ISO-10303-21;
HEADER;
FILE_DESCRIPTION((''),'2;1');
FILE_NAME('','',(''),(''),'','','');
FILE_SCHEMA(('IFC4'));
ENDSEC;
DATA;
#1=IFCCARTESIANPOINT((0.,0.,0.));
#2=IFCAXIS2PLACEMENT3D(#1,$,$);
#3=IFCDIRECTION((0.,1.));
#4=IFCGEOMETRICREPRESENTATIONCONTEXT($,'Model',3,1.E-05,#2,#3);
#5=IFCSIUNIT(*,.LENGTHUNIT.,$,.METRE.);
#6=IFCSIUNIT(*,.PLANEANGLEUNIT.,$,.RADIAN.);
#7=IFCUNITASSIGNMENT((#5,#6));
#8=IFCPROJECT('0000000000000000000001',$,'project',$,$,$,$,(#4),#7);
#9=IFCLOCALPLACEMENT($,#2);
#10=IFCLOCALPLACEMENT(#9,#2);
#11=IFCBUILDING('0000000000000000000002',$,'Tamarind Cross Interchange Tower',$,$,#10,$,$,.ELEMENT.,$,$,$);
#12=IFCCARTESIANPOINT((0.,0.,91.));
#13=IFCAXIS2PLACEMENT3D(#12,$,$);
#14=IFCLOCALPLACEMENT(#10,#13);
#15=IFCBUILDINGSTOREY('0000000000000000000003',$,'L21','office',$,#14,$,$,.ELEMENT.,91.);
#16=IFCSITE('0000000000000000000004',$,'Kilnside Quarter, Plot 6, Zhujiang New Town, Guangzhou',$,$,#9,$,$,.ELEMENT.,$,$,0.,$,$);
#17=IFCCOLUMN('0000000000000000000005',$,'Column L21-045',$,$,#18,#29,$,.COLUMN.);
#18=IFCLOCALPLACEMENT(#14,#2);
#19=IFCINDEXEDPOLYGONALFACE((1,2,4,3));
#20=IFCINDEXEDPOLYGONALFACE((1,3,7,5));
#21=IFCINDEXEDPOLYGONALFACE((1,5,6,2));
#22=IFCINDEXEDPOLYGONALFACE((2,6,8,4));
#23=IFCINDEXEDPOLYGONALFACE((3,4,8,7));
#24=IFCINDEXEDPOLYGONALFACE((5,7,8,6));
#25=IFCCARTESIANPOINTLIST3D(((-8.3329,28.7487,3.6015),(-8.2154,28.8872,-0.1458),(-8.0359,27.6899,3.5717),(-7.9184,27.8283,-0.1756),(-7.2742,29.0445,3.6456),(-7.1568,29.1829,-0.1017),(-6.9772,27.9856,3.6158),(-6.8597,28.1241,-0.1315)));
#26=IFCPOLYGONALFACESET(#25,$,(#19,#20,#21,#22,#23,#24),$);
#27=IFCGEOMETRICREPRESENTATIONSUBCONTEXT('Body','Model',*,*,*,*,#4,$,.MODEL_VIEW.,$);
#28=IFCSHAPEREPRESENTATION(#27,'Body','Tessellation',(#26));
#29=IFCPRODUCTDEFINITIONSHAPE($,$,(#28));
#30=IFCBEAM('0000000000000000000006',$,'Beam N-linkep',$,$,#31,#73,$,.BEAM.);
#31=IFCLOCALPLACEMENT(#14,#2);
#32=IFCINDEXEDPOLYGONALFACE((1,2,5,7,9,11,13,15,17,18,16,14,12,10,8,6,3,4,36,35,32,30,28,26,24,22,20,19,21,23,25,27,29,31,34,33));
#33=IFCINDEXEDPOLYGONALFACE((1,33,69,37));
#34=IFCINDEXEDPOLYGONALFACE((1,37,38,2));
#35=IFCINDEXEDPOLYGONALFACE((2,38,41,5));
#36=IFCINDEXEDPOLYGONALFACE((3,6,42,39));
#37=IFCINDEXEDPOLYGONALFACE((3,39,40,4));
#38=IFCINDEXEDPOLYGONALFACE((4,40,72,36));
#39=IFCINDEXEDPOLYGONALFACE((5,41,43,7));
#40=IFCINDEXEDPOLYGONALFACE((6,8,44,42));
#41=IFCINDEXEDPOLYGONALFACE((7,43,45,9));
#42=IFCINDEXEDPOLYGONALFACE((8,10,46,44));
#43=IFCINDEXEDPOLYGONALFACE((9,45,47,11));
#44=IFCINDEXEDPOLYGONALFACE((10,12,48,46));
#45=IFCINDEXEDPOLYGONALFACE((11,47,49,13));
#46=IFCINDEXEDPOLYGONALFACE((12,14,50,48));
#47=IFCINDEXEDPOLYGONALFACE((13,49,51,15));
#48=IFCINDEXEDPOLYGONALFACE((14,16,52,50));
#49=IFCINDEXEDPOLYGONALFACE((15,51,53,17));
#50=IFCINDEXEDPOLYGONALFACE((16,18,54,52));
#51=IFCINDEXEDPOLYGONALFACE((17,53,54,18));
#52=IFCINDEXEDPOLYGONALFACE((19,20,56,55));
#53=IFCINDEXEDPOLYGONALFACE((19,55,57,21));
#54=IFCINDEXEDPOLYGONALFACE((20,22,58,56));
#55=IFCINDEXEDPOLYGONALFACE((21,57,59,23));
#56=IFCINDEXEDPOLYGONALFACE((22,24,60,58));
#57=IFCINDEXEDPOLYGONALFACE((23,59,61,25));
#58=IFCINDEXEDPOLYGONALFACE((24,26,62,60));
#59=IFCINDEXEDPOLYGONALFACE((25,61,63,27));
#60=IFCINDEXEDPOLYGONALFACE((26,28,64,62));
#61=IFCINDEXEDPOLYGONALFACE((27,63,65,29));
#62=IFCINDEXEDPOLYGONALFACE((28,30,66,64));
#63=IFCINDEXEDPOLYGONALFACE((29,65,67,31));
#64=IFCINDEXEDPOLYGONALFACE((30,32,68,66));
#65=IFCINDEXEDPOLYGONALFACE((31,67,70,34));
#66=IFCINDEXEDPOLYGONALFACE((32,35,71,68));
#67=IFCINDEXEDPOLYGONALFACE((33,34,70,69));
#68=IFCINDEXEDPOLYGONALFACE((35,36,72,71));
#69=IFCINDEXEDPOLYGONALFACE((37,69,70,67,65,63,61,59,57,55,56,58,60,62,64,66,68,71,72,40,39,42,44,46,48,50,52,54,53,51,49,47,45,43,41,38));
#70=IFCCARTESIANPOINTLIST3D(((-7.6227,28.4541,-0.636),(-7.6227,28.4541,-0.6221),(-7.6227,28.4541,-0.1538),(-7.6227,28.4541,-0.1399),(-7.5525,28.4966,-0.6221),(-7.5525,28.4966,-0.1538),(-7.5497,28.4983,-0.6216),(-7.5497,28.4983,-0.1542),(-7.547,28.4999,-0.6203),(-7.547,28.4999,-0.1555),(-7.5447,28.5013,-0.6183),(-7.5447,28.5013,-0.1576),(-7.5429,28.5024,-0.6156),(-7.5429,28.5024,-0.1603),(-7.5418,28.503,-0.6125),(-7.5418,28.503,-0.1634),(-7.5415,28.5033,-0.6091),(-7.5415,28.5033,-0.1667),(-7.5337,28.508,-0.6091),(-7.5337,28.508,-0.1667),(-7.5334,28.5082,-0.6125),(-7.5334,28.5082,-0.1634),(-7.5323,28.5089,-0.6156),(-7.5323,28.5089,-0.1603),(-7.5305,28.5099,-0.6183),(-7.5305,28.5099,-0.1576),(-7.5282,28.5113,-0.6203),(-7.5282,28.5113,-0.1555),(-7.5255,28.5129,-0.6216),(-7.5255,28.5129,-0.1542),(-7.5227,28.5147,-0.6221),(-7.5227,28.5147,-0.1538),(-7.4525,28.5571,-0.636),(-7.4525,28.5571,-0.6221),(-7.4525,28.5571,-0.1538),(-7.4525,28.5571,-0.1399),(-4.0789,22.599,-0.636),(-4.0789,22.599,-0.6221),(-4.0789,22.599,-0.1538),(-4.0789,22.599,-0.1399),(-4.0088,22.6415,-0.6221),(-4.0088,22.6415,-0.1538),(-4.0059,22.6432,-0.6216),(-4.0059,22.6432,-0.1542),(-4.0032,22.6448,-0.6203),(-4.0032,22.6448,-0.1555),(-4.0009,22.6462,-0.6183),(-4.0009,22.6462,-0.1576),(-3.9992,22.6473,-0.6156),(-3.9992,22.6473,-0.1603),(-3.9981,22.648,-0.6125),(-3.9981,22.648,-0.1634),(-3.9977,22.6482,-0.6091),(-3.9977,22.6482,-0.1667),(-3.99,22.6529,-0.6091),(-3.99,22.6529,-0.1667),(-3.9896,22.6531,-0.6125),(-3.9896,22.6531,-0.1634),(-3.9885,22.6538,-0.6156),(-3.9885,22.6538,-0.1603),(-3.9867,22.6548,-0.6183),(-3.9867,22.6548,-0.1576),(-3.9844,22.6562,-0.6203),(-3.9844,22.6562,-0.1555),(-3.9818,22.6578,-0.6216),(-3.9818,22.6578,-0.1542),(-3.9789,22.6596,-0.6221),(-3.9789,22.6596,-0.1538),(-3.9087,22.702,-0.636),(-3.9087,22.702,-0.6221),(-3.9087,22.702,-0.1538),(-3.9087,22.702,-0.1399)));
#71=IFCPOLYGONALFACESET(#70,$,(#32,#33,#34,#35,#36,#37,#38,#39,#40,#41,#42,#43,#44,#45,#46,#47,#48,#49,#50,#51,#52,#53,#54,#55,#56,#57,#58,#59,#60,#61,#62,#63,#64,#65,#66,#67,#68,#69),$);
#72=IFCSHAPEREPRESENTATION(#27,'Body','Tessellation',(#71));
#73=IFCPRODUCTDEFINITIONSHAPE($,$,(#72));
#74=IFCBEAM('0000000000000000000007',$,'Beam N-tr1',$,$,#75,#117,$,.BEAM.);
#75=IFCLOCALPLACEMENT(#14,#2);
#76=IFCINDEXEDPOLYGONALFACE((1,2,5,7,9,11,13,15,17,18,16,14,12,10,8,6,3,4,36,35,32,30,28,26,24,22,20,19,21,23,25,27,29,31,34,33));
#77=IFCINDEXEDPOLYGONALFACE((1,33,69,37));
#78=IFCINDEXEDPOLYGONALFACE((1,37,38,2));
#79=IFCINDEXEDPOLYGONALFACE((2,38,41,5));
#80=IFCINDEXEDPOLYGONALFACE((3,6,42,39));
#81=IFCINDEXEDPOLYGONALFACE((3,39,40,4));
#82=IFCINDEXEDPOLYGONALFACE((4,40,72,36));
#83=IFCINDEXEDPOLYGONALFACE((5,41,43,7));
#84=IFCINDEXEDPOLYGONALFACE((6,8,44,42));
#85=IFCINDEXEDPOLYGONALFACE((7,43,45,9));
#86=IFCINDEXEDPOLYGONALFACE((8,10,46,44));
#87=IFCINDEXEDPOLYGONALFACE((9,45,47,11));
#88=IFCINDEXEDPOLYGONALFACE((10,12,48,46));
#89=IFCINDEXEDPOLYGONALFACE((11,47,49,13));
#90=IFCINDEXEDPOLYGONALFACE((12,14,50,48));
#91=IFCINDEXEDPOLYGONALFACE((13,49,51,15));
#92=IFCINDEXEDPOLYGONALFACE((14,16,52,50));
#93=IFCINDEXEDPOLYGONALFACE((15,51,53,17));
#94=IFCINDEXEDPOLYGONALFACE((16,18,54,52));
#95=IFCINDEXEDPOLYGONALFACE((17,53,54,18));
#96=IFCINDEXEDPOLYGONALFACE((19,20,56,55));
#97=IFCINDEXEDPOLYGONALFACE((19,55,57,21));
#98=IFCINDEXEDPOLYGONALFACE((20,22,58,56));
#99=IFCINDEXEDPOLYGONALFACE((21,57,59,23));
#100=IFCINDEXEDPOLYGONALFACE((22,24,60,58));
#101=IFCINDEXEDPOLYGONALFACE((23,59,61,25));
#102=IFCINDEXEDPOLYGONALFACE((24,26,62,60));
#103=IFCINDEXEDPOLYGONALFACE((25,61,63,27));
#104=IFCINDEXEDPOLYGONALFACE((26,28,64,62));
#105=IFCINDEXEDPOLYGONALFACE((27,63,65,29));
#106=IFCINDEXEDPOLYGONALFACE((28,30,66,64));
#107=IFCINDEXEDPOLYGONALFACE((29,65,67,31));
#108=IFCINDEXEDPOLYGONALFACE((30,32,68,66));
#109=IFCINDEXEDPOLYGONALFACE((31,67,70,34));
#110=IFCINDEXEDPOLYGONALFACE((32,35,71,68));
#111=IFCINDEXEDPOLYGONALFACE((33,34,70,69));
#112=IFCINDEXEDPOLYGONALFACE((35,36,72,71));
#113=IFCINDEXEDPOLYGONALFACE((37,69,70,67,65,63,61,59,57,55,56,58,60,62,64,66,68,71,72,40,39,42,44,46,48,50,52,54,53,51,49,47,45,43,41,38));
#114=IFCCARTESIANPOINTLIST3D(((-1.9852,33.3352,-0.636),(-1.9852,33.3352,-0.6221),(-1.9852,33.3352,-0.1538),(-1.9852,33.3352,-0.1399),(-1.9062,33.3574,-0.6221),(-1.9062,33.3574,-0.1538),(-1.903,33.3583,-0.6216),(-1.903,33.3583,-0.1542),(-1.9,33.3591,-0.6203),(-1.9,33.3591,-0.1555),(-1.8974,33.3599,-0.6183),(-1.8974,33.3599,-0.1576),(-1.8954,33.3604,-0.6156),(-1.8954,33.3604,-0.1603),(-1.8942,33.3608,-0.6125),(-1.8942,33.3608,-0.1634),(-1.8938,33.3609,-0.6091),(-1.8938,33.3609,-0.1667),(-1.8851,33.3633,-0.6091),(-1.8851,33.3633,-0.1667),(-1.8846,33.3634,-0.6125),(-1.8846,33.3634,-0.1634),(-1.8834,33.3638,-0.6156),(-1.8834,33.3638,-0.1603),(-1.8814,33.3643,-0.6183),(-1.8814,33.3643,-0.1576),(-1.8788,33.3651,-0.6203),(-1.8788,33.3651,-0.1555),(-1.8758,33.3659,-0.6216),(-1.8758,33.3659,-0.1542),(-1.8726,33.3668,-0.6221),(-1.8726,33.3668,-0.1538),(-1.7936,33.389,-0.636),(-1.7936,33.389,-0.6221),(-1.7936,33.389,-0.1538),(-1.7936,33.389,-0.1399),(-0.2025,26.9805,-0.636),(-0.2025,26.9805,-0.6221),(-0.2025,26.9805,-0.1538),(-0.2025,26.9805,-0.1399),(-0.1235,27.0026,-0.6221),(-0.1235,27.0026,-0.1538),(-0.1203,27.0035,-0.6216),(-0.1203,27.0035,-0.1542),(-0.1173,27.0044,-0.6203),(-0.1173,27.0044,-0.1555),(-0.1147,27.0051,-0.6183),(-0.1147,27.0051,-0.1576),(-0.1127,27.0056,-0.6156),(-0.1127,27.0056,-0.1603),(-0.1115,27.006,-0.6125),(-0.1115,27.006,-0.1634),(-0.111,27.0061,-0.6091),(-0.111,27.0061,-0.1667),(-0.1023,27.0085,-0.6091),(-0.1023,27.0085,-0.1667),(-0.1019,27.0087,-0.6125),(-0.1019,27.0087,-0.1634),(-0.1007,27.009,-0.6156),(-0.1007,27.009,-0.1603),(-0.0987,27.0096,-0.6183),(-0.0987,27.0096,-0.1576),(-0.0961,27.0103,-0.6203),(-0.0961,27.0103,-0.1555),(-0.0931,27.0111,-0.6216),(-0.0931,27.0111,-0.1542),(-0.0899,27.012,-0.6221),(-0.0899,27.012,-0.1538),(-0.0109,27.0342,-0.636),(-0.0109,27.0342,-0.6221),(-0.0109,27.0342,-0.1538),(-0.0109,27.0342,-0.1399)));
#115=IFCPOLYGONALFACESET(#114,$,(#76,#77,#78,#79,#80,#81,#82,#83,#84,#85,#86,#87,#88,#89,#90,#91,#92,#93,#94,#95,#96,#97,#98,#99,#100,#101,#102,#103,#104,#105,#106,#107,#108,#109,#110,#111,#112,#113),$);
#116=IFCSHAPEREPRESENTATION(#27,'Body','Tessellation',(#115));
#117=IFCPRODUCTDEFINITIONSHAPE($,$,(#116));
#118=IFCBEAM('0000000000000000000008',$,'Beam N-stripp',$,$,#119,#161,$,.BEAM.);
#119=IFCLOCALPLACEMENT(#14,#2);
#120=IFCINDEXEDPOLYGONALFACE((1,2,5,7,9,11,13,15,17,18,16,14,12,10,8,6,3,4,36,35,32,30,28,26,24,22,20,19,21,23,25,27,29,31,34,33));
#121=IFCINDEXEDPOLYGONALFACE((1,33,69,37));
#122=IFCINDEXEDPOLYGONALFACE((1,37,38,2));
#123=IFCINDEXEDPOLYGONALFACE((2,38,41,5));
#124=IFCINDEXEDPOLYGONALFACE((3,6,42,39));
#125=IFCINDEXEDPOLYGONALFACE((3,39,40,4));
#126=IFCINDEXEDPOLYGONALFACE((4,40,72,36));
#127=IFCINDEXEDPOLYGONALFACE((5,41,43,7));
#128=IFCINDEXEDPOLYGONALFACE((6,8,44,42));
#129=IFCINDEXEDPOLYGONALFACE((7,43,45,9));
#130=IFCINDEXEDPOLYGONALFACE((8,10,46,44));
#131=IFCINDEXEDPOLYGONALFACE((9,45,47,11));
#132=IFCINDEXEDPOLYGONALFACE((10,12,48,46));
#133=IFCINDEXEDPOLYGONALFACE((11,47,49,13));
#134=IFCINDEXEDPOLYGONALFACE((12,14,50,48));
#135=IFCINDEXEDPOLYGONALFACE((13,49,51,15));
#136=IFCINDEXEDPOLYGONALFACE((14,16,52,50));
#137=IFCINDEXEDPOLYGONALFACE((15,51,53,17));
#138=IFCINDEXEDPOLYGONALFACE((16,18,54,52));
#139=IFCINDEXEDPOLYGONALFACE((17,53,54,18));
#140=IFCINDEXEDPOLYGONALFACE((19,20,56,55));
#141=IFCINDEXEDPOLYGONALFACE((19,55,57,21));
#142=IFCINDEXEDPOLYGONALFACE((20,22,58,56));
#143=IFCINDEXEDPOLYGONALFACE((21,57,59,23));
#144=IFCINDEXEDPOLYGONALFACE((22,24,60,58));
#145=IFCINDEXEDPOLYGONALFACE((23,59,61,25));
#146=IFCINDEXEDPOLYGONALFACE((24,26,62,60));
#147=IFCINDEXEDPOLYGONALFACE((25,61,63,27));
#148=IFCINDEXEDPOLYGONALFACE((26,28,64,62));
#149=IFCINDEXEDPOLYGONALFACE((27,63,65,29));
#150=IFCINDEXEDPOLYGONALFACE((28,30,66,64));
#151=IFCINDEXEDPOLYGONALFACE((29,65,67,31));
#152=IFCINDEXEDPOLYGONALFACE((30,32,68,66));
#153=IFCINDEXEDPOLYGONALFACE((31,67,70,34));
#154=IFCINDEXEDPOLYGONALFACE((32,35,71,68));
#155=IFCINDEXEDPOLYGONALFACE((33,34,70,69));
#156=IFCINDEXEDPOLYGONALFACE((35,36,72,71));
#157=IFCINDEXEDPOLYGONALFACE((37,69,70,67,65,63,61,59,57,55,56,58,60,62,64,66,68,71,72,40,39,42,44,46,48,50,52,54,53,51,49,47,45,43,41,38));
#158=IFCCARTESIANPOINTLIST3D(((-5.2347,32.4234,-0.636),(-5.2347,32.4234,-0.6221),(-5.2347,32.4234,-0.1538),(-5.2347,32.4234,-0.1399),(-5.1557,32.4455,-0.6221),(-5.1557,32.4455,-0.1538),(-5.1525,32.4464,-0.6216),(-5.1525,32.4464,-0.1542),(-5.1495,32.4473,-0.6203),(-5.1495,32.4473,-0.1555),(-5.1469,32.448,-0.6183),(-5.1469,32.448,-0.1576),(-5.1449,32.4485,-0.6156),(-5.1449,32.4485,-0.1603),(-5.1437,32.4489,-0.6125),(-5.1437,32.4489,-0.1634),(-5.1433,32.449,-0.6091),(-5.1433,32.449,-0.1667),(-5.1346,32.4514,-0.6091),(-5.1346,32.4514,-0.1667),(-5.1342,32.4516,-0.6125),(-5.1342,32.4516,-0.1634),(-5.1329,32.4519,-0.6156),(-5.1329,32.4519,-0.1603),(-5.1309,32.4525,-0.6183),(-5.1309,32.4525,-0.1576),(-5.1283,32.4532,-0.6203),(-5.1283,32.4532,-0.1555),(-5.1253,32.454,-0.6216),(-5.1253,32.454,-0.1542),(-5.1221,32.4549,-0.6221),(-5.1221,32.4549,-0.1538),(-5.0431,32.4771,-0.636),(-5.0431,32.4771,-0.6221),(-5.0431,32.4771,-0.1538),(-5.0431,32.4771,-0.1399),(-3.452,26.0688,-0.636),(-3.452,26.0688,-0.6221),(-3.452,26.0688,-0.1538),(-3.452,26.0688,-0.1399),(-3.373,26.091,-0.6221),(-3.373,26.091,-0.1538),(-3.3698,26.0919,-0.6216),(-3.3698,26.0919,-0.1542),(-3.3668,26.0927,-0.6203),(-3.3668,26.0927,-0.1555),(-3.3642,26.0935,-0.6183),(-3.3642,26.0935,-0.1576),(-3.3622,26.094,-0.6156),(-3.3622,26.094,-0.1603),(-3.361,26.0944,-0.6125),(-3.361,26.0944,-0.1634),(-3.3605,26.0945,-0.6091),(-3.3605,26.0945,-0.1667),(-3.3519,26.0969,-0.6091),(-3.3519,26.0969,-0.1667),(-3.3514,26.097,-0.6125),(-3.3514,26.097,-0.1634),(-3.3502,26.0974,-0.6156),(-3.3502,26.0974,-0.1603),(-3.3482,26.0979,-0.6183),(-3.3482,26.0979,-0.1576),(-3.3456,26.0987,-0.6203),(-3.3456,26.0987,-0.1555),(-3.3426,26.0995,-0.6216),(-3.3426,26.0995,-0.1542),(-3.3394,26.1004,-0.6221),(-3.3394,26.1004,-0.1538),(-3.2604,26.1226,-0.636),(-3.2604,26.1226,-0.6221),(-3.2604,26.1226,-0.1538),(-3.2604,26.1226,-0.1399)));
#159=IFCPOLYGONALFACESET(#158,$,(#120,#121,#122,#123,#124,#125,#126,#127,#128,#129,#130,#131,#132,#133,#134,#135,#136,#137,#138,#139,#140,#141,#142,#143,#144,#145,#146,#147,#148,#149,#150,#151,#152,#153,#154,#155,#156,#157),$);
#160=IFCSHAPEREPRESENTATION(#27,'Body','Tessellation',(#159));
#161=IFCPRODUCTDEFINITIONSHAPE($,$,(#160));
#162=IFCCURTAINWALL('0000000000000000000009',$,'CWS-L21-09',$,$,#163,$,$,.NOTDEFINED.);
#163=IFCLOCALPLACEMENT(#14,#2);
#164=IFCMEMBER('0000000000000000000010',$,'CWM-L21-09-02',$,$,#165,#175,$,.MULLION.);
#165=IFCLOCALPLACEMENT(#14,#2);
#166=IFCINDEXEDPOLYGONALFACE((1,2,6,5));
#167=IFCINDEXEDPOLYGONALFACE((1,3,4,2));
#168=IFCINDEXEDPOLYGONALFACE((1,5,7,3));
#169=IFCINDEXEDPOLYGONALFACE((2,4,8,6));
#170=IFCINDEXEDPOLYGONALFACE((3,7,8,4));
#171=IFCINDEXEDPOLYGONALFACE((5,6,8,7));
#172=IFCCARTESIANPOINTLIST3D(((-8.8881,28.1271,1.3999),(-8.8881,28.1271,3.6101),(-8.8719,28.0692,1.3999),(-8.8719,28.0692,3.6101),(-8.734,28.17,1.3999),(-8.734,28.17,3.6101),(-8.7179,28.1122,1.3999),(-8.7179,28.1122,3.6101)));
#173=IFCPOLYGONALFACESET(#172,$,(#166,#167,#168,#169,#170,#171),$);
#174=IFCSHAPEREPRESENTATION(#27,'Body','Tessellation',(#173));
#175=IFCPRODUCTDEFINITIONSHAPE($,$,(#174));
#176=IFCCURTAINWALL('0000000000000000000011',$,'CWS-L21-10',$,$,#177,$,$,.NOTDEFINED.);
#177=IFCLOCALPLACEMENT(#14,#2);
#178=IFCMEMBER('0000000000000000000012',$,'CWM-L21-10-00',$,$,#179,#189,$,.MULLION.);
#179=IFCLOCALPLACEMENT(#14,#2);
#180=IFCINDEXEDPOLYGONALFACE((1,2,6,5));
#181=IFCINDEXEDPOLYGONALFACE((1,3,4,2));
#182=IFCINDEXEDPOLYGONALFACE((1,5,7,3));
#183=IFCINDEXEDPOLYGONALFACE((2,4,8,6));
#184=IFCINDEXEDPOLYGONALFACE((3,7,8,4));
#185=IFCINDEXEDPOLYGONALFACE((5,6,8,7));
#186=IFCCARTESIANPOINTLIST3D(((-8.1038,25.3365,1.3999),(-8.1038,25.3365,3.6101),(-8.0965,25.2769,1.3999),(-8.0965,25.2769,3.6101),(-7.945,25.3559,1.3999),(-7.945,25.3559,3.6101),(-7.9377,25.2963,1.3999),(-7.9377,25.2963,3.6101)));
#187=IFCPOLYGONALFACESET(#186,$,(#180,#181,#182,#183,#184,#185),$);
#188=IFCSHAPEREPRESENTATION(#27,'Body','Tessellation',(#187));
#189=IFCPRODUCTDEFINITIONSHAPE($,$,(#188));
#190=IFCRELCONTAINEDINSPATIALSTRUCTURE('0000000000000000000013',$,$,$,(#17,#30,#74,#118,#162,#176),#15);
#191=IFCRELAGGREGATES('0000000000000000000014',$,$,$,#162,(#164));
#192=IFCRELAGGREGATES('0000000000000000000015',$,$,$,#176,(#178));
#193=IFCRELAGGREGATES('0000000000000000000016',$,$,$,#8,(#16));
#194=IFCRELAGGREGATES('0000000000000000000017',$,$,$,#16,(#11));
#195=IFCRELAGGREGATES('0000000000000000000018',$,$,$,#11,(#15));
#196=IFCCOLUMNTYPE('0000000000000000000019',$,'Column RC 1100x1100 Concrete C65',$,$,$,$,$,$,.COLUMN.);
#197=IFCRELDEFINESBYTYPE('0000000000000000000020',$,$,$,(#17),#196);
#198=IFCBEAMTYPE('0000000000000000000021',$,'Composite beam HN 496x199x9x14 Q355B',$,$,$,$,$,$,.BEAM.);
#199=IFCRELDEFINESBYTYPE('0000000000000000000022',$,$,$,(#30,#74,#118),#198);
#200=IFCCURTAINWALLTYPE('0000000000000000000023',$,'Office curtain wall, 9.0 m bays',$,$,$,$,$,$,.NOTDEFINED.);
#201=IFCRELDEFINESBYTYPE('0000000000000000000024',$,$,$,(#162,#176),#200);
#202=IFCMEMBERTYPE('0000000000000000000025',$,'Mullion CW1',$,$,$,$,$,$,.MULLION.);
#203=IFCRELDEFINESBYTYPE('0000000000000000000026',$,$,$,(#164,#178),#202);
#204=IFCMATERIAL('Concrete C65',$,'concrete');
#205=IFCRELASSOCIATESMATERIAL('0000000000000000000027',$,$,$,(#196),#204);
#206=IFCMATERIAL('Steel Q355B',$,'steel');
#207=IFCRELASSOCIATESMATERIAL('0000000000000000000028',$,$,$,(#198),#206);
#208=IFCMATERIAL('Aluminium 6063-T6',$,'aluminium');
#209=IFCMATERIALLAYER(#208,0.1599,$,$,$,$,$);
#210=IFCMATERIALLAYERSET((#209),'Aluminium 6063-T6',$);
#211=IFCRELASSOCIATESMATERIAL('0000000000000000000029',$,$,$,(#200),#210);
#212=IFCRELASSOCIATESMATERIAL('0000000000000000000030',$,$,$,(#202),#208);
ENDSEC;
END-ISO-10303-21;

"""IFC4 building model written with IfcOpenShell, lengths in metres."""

from ifc_helpers import new_model, si_unit, direction, frame, origin, origin_2d, place, context, subcontext, project, spatial, rectangle, i_section, extrude, material, layer, layer_set, material_profile, profile_set, type_object, element, aggregate, save


model = new_model("IFC4")

# Units and contexts
model_context = context("Model", 3, precision=1e-05, world=origin(), true_north=direction((0.0, 1.0)))
body_context = subcontext(model_context, "Body", "Model", "MODEL_VIEW")
ifc_project = project(units=[si_unit("LENGTHUNIT", "METRE"), si_unit("PLANEANGLEUNIT", "RADIAN")], contexts=[model_context])

# Site, building, storey
site_placement = place(None, origin())
site = spatial("IfcSite", under=ifc_project, at=site_placement, Name="Kilnside Quarter, Plot 6, Zhujiang New Town, Guangzhou", CompositionType="ELEMENT", RefElevation=0.0)
building_placement = place(site_placement, origin())
building = spatial("IfcBuilding", under=site, at=building_placement, Name="Tamarind Cross Interchange Tower", CompositionType="ELEMENT")
storey_placement = place(building_placement, frame((0.0, 0.0, 91.0)))
storey = spatial("IfcBuildingStorey", under=building, at=storey_placement, Name="L21", Description="office", CompositionType="ELEMENT", Elevation=91.0)

# Column
ifc_material_1 = material(Name="Concrete C65", Category="concrete")
ifc_material_profile_1 = material_profile(ifc_material_1, rectangle(XDim=1.1001, YDim=1.1001, at=origin_2d()), Name="RC 1100x1100")
ifc_profile_set_1 = profile_set([ifc_material_profile_1], Name="Concrete C65")
column_type = type_object("IfcColumnType", Name="Column RC 1100x1100 Concrete C65", PredefinedType="COLUMN", material=ifc_profile_set_1)
column_placement = place(storey_placement, frame((-7.5376, 28.5056, -0.1387), z_axis=(-0.031301, -0.036897, 0.998829), x_axis=(0.962354, 0.268825, 0.040088)))
element("IfcColumn", 1, at=column_placement, inside=storey, type_object=column_type, Name="Column L21-045", PredefinedType="COLUMN", context=body_context, shape_type="SweptSolid", body=[
    extrude(rectangle(XDim=1.1001, YDim=1.1001, at=origin_2d()), origin(), (0.0, 0.0, 1.0), 3.7517),
])

# Beams
ifc_material_2 = material(Name="Steel Q355B", Category="steel")
ifc_material_profile_2 = material_profile(ifc_material_2, i_section(OverallWidth=0.199, OverallDepth=0.4961, WebThickness=0.009, FlangeThickness=0.0139, FilletRadius=0.0129, at=origin_2d()), Name="HN 496x199x9x14")
ifc_profile_set_2 = profile_set([ifc_material_profile_2], Name="Steel Q355B")
beam_type = type_object("IfcBeamType", Name="Composite beam HN 496x199x9x14 Q355B", PredefinedType="BEAM", material=ifc_profile_set_2)
beam_1_placement = place(storey_placement, frame((-7.5376, 28.5056, -0.3879), z_axis=(0.517792, -0.855507, 0.0), x_axis=(0.855507, 0.517792, 0.0)))
element("IfcBeam", 2, at=beam_1_placement, inside=storey, type_object=beam_type, Name="Beam N-linkep", PredefinedType="BEAM", context=body_context, shape_type="SweptSolid", body=[
    extrude(i_section(OverallWidth=0.199, OverallDepth=0.4961, WebThickness=0.009, FlangeThickness=0.0139, FilletRadius=0.0129, at=origin_2d()), origin(), (0.0, 0.0, 1.0), 6.844),
])
beam_2_placement = place(storey_placement, frame((-0.1067, 27.0073, -0.3879), z_axis=(-0.270106, 0.962831, 0.0), x_axis=(-0.962831, -0.270106, 0.0)))
element("IfcBeam", 3, at=beam_2_placement, inside=storey, type_object=beam_type, Name="Beam N-tr1", PredefinedType="BEAM", context=body_context, shape_type="SweptSolid", body=[
    extrude(i_section(OverallWidth=0.199, OverallDepth=0.4961, WebThickness=0.009, FlangeThickness=0.0139, FilletRadius=0.0129, at=origin_2d()), origin(), (0.0, 0.0, 1.0), 6.6001),
])
beam_3_placement = place(storey_placement, frame((-3.3562, 26.0957, -0.3879), z_axis=(-0.270116, 0.962828, 0.0), x_axis=(-0.962828, -0.270116, 0.0)))
element("IfcBeam", 4, at=beam_3_placement, inside=storey, type_object=beam_type, Name="Beam N-stripp", PredefinedType="BEAM", context=body_context, shape_type="SweptSolid", body=[
    extrude(i_section(OverallWidth=0.199, OverallDepth=0.4961, WebThickness=0.009, FlangeThickness=0.0139, FilletRadius=0.0129, at=origin_2d()), origin(), (0.0, 0.0, 1.0), 6.5999),
])

# Curtain walls, members
ifc_material_3 = material(Name="Aluminium 6063-T6", Category="aluminium")
ifc_layer_1 = layer(ifc_material_3, 0.1599)
ifc_layer_set_1 = layer_set([ifc_layer_1], Name="Aluminium 6063-T6")
curtain_wall_type = type_object("IfcCurtainWallType", Name="Office curtain wall, 9.0 m bays", PredefinedType="NOTDEFINED", material=ifc_layer_set_1)
curtain_wall_1_placement = place(storey_placement, origin())
curtain_wall_1 = element("IfcCurtainWall", 5, at=curtain_wall_1_placement, inside=storey, type_object=curtain_wall_type, Name="CWS-L21-09", PredefinedType="NOTDEFINED")
ifc_material_profile_3 = material_profile(ifc_material_3, rectangle(XDim=0.0601, YDim=0.1599, at=origin_2d()), Name="Mullion CW1")
ifc_profile_set_3 = profile_set([ifc_material_profile_3], Name="Aluminium 6063-T6")
member_type = type_object("IfcMemberType", Name="Mullion CW1", PredefinedType="MULLION", material=ifc_profile_set_3)
member_1_placement = place(storey_placement, frame((-8.803, 28.1196, 1.3999), z_axis=(0.0, 0.0, 1.0), x_axis=(0.268831, -0.963187, 0.0)))
member_1 = element("IfcMember", 6, at=member_1_placement, type_object=member_type, Name="CWM-L21-09-02", PredefinedType="MULLION", context=body_context, shape_type="SweptSolid", body=[
    extrude(rectangle(XDim=0.0601, YDim=0.1599, at=origin_2d()), origin(), (0.0, 0.0, 1.0), 2.2102),
])
aggregate(curtain_wall_1, [member_1])
curtain_wall_2_placement = place(storey_placement, origin())
curtain_wall_2 = element("IfcCurtainWall", 7, at=curtain_wall_2_placement, inside=storey, type_object=curtain_wall_type, Name="CWS-L21-10", PredefinedType="NOTDEFINED")
member_2_placement = place(storey_placement, frame((-8.0208, 25.3164, 1.3999), z_axis=(0.0, 0.0, 1.0), x_axis=(0.121439, -0.992599, 0.0)))
member_2 = element("IfcMember", 8, at=member_2_placement, type_object=member_type, Name="CWM-L21-10-00", PredefinedType="MULLION", context=body_context, shape_type="SweptSolid", body=[
    extrude(rectangle(XDim=0.0601, YDim=0.1599, at=origin_2d()), origin(), (0.0, 0.0, 1.0), 2.2102),
])
aggregate(curtain_wall_2, [member_2])

save(model, "model.ifc")
